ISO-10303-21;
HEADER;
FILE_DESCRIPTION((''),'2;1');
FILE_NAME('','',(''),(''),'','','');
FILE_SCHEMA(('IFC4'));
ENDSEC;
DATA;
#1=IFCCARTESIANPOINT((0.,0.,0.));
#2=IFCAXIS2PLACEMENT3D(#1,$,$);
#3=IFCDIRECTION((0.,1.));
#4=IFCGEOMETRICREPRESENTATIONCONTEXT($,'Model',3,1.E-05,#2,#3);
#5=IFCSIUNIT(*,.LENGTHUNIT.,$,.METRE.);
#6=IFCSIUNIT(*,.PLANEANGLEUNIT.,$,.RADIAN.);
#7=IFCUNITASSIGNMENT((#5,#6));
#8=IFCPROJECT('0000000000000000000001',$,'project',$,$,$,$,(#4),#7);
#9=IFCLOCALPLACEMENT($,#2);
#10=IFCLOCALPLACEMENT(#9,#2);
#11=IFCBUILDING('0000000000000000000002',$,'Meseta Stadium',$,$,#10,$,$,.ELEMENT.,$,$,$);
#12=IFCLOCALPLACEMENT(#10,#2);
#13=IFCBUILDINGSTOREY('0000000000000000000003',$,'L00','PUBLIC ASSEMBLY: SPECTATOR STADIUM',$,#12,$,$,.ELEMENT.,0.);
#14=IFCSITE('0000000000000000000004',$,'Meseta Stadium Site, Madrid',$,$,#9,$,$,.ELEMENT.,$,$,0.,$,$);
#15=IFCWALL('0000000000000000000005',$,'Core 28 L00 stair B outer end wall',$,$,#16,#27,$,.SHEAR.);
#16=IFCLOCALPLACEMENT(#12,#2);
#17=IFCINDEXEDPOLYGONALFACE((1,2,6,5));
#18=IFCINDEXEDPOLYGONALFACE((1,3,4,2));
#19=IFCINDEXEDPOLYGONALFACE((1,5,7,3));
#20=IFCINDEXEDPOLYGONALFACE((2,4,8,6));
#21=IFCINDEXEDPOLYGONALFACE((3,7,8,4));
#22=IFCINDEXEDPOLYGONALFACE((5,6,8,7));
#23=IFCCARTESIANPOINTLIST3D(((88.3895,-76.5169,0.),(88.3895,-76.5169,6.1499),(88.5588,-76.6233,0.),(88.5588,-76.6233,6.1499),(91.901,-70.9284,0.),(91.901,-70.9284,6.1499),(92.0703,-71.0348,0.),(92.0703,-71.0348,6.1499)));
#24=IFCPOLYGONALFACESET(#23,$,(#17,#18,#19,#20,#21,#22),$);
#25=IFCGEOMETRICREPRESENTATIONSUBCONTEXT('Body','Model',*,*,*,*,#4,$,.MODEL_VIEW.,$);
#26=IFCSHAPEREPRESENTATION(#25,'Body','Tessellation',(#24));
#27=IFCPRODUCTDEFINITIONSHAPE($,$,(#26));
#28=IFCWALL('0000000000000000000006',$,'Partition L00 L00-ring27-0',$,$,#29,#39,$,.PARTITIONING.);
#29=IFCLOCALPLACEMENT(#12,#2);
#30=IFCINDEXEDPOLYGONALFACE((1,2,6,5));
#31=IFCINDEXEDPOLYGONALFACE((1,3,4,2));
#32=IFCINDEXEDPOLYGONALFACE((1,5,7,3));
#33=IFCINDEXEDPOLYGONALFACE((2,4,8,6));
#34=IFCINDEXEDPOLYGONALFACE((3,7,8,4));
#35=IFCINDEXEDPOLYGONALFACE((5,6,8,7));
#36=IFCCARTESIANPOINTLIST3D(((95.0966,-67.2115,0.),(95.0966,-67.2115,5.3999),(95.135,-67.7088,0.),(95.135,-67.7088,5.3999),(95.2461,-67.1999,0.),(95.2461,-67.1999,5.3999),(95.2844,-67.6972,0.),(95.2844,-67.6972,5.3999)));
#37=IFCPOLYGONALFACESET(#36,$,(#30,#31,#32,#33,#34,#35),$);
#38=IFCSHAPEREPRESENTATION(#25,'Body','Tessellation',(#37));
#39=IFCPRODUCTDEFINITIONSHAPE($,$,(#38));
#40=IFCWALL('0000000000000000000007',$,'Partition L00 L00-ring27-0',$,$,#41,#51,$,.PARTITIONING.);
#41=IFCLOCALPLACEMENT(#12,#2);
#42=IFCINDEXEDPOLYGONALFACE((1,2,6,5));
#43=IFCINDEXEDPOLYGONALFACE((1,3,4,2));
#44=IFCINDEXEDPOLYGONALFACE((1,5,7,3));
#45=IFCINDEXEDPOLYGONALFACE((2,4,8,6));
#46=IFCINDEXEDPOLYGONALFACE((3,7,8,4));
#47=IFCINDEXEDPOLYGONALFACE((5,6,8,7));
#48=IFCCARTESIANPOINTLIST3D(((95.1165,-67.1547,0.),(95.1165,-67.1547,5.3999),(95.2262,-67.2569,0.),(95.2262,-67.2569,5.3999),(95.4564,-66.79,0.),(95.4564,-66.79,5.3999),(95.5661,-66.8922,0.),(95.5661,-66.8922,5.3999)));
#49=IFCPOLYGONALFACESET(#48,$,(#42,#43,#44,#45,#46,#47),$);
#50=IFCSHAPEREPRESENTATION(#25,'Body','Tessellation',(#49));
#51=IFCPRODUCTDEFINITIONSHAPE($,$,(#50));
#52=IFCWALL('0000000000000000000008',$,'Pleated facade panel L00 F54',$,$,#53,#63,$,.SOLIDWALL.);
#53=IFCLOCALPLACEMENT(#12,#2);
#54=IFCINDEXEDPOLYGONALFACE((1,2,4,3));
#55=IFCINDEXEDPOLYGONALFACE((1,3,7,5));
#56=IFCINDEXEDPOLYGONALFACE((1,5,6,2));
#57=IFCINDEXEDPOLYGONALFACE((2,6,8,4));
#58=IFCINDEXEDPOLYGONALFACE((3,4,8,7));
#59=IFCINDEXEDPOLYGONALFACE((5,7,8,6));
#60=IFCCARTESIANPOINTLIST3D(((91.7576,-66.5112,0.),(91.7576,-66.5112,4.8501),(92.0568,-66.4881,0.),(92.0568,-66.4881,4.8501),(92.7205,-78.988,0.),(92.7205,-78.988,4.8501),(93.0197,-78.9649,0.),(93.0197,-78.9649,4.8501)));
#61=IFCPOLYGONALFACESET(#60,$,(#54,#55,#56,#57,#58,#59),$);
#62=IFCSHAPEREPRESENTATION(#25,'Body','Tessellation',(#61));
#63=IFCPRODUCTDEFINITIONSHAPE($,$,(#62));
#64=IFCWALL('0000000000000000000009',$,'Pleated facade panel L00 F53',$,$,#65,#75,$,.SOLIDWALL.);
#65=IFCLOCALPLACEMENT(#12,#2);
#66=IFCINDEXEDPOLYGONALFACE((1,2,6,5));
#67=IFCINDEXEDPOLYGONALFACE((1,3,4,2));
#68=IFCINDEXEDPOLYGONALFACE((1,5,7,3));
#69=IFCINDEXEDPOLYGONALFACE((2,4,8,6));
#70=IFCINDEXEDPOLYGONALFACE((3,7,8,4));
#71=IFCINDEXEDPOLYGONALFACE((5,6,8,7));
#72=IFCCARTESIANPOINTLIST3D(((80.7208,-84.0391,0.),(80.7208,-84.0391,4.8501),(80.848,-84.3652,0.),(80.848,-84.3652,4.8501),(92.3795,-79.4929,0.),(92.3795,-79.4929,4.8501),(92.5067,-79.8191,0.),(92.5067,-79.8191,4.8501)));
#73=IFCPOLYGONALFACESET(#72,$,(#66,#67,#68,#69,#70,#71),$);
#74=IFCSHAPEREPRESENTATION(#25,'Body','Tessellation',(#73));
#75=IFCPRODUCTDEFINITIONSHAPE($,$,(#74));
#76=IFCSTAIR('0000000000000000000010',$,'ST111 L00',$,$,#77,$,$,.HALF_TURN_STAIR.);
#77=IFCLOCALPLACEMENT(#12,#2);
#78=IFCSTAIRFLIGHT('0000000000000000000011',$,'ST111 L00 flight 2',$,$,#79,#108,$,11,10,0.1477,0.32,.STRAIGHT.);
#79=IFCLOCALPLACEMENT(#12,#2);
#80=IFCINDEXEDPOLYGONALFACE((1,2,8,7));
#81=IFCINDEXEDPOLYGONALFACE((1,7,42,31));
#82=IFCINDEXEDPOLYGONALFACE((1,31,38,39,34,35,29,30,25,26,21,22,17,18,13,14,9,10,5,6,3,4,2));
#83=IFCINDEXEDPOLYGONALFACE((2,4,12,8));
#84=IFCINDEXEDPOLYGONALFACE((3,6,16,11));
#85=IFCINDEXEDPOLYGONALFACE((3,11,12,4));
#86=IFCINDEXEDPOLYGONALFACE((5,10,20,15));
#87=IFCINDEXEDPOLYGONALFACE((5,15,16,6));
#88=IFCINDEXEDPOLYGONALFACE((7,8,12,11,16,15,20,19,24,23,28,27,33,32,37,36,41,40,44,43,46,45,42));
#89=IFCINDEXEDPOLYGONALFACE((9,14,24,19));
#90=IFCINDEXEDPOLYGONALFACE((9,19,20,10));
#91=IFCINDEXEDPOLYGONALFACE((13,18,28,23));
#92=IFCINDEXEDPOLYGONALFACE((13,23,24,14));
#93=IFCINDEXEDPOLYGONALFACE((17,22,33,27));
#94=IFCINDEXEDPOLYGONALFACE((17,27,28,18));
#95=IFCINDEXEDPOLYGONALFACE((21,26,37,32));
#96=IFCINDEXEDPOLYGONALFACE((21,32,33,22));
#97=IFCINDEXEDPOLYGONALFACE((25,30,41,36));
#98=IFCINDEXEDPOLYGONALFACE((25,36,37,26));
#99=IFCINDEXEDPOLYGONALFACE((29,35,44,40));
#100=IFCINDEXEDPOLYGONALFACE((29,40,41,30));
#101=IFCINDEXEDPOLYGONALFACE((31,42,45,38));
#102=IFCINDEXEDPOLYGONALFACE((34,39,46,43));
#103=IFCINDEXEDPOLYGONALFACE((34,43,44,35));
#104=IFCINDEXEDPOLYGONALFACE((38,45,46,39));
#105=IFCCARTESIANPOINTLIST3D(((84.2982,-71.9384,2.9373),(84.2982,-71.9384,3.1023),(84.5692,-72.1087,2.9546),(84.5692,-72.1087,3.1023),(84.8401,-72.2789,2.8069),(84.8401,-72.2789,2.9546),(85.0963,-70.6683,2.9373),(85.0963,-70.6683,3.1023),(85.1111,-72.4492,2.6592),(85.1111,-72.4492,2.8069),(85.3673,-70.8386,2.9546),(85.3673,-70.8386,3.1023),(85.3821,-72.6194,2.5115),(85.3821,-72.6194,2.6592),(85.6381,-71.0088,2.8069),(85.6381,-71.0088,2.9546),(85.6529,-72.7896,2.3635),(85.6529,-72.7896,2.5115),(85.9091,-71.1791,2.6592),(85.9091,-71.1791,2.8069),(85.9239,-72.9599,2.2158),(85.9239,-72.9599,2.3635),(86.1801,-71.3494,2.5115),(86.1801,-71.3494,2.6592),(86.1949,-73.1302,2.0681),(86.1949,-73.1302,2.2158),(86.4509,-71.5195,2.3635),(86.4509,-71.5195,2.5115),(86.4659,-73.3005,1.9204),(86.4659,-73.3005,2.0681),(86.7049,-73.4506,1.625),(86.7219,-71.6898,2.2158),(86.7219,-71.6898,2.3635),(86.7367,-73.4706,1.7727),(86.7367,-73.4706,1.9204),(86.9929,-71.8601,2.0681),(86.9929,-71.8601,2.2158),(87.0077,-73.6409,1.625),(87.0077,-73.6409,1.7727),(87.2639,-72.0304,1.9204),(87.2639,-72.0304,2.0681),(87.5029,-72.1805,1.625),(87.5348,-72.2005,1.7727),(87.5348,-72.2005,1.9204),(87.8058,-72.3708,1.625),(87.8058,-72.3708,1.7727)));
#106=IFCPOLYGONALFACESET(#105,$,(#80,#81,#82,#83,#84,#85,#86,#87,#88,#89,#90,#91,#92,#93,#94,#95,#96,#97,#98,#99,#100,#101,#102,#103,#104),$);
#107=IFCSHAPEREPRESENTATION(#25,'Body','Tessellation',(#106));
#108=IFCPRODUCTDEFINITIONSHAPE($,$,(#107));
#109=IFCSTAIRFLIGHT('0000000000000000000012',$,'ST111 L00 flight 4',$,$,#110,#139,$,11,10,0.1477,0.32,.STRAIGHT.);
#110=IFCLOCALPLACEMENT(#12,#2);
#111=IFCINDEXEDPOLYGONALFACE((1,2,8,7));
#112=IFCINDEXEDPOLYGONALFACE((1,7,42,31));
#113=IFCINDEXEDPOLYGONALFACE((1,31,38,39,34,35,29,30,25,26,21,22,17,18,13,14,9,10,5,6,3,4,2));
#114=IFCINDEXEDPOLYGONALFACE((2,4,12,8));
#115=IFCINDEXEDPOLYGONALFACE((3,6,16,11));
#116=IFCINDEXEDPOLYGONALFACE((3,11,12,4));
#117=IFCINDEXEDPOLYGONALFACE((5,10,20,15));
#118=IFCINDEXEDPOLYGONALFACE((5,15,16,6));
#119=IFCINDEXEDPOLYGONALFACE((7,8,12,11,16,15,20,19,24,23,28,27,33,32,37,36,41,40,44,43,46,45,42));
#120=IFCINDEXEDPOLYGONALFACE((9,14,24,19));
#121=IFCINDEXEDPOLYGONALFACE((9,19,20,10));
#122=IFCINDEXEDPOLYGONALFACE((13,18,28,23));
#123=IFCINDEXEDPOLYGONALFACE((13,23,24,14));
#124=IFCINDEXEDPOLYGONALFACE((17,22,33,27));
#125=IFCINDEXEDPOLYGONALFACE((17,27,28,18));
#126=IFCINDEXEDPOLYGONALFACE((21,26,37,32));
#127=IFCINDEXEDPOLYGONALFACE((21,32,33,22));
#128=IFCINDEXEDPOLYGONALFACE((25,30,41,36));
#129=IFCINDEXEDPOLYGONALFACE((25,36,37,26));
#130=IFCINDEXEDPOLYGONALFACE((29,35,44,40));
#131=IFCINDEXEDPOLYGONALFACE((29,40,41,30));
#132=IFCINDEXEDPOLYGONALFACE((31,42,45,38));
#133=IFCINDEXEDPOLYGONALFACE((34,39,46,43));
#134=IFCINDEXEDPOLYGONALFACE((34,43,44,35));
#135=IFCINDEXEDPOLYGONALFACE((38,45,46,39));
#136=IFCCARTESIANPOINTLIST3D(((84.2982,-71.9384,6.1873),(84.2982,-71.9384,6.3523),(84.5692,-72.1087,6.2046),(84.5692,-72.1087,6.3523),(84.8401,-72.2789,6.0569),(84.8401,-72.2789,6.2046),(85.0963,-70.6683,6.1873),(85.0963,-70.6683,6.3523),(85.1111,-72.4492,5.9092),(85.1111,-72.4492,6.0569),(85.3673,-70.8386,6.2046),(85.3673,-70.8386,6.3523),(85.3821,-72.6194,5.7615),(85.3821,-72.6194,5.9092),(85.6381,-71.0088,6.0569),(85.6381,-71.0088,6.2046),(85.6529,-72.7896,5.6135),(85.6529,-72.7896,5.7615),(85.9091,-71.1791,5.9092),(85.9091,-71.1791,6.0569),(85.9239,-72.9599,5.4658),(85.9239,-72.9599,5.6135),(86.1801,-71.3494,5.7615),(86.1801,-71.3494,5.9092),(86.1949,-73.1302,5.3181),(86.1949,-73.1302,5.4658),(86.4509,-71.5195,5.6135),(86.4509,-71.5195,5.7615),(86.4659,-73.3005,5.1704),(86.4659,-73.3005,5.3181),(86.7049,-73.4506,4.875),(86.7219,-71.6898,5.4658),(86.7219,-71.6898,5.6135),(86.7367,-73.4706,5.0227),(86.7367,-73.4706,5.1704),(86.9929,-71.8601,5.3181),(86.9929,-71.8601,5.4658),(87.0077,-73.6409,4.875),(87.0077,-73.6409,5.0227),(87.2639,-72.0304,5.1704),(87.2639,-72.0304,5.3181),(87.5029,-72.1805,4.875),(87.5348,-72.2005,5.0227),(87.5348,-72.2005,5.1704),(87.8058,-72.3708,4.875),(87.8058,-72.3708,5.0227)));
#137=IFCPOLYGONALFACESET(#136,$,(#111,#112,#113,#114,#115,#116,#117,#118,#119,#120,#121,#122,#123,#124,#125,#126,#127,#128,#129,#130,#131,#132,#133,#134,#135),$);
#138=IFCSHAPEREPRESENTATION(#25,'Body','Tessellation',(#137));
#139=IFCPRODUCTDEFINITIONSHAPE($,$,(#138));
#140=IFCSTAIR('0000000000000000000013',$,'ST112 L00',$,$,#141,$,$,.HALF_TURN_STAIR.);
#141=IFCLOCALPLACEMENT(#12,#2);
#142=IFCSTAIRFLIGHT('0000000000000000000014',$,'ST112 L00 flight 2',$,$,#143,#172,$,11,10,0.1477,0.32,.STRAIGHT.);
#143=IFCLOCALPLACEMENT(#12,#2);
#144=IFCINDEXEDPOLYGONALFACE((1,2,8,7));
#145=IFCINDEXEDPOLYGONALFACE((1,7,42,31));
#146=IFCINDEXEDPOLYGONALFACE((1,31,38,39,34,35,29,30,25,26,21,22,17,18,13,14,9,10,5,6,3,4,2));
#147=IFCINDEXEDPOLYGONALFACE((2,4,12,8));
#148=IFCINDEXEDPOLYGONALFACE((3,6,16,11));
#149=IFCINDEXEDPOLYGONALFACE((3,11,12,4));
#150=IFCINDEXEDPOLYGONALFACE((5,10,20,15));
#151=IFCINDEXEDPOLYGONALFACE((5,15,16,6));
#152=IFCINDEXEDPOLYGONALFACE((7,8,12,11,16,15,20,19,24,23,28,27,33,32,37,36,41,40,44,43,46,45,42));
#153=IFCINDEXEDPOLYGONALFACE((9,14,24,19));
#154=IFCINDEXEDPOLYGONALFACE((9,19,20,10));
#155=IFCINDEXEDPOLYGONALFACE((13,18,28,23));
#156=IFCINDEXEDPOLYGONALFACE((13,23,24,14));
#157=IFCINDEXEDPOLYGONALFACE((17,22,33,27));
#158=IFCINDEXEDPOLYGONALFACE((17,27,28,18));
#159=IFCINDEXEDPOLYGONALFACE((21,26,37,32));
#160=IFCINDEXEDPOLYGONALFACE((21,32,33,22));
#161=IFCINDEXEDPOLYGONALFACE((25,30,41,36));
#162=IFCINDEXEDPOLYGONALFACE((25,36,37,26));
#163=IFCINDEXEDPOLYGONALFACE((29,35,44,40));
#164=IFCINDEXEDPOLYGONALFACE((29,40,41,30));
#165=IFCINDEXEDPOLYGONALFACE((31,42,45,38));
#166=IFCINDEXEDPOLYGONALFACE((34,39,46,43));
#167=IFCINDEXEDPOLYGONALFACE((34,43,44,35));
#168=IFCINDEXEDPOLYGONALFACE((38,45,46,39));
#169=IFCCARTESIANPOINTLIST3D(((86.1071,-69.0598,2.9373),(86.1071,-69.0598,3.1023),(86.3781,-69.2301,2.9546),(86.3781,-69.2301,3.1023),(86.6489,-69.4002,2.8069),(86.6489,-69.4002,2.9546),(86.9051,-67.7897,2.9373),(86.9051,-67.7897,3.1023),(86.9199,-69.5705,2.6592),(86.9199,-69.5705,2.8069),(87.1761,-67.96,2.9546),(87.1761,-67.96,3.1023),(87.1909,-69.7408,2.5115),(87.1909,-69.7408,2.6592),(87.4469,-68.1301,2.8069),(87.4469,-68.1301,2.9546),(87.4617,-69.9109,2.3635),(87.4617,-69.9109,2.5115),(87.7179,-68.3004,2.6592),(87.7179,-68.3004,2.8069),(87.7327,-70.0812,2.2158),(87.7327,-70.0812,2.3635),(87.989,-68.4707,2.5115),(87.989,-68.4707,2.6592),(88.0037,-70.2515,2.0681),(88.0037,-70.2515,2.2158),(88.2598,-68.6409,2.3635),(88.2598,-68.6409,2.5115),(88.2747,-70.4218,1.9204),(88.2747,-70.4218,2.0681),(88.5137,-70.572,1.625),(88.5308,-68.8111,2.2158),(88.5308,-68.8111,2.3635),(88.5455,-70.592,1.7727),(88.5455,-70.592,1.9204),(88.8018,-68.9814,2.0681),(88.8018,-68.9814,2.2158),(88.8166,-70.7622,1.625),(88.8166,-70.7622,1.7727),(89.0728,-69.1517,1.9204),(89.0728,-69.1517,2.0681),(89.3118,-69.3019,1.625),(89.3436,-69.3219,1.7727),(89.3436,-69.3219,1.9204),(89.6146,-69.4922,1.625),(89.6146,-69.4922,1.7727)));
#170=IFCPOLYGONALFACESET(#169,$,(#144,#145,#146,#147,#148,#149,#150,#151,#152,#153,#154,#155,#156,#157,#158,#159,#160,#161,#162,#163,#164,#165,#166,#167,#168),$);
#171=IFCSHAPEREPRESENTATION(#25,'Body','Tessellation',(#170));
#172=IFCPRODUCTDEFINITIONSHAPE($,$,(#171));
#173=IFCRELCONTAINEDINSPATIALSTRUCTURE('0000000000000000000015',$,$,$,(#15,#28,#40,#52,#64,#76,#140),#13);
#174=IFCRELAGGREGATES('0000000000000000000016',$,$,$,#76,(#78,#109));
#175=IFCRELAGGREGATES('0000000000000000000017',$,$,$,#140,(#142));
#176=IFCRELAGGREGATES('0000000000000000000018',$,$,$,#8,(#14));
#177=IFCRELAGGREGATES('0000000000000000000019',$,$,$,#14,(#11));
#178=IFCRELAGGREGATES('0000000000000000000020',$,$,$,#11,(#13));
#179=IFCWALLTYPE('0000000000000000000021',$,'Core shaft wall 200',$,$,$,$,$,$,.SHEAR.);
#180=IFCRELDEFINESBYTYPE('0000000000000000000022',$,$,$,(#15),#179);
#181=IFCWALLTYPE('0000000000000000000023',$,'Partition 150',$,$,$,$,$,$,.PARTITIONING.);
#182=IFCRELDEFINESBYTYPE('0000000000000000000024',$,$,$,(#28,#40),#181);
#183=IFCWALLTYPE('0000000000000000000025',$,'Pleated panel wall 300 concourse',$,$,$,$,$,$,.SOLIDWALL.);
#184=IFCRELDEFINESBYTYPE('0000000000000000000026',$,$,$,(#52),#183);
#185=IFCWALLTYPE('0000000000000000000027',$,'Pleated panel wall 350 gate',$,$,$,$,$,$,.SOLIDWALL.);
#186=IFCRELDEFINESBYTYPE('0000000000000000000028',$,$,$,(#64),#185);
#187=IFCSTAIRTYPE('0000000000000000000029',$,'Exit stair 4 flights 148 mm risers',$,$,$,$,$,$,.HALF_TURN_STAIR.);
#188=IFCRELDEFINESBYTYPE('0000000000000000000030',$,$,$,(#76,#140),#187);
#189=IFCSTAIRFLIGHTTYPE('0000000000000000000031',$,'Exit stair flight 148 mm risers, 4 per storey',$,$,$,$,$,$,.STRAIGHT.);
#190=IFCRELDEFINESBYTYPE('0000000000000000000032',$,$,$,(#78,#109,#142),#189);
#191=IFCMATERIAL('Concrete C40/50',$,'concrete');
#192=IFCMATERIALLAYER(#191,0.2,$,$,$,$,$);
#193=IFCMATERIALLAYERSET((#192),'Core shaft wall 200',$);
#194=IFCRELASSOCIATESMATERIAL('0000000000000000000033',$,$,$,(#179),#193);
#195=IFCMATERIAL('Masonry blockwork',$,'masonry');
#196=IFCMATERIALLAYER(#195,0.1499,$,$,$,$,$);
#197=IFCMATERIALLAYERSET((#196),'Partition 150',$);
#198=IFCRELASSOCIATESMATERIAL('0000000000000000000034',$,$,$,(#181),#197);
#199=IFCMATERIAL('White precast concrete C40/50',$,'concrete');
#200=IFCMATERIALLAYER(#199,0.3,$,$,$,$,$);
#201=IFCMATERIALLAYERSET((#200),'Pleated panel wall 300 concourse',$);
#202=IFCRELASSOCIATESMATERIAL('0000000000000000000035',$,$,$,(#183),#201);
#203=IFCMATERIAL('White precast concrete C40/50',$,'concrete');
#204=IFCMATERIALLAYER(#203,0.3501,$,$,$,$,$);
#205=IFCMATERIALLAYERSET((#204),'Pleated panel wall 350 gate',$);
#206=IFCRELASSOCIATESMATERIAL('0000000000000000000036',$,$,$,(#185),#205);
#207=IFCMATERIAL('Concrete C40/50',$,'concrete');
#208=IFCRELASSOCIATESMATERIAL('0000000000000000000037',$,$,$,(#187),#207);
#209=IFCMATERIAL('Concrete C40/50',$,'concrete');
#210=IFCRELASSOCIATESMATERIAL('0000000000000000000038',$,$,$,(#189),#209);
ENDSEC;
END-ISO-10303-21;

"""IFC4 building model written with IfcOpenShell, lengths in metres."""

from ifc_helpers import new_model, si_unit, direction, frame, frame_2d, origin, place, context, subcontext, project, spatial, polyline, rectangle, outline, extrude, material, layer, layer_set, type_object, element, aggregate, save


model = new_model("IFC4")

# Units and contexts
model_context = context("Model", 3, precision=1e-05, world=origin(), true_north=direction((0.0, 1.0)))
body_context = subcontext(model_context, "Body", "Model", "MODEL_VIEW")
ifc_project = project(units=[si_unit("LENGTHUNIT", "METRE"), si_unit("PLANEANGLEUNIT", "RADIAN")], contexts=[model_context])

# Site, building, storey
site_placement = place(None, origin())
site = spatial("IfcSite", under=ifc_project, at=site_placement, Name="Meseta Stadium Site, Madrid", CompositionType="ELEMENT", RefElevation=0.0)
building_placement = place(site_placement, origin())
building = spatial("IfcBuilding", under=site, at=building_placement, Name="Meseta Stadium", CompositionType="ELEMENT")
storey_placement = place(building_placement, origin())
storey = spatial("IfcBuildingStorey", under=building, at=storey_placement, Name="L00", Description="PUBLIC ASSEMBLY: SPECTATOR STADIUM", CompositionType="ELEMENT", Elevation=0.0)

# Walls
ifc_material_1 = material(Name="Concrete C40/50", Category="concrete")
ifc_layer_1 = layer(ifc_material_1, 0.2)
ifc_layer_set_1 = layer_set([ifc_layer_1], Name="Core shaft wall 200")
wall_type_1 = type_object("IfcWallType", Name="Core shaft wall 200", PredefinedType="SHEAR", material=ifc_layer_set_1)
wall_1_placement = place(storey_placement, frame((88.4741, -76.5701, 0.0), z_axis=(0.0, 0.0, 1.0), x_axis=(0.532039, 0.84672, 0.0)))
element("IfcWall", 1, at=wall_1_placement, inside=storey, type_object=wall_type_1, Name="Core 28 L00 stair B outer end wall", PredefinedType="SHEAR", context=body_context, shape_type="SweptSolid", body=[
    extrude(rectangle(XDim=6.6001, YDim=0.2, at=frame_2d((3.3, 0.0))), origin(), (0.0, 0.0, 1.0), 6.1499),
])
ifc_material_2 = material(Name="Masonry blockwork", Category="masonry")
ifc_layer_2 = layer(ifc_material_2, 0.1499)
ifc_layer_set_2 = layer_set([ifc_layer_2], Name="Partition 150")
wall_type_2 = type_object("IfcWallType", Name="Partition 150", PredefinedType="PARTITIONING", material=ifc_layer_set_2)
wall_2_placement = place(storey_placement, frame((95.2097, -67.7031, 0.0), z_axis=(0.0, 0.0, 1.0), x_axis=(-0.076846, 0.997043, 0.0)))
element("IfcWall", 2, at=wall_2_placement, inside=storey, type_object=wall_type_2, Name="Partition L00 L00-ring27-0", PredefinedType="PARTITIONING", context=body_context, shape_type="SweptSolid", body=[
    extrude(rectangle(XDim=0.4988, YDim=0.1499, at=frame_2d((0.2495, 0.0))), origin(), (0.0, 0.0, 1.0), 5.3999),
])
wall_3_placement = place(storey_placement, frame((95.1714, -67.2058, 0.0), z_axis=(0.0, 0.0, 1.0), x_axis=(0.68169, 0.731641, 0.0)))
element("IfcWall", 3, at=wall_3_placement, inside=storey, type_object=wall_type_2, Name="Partition L00 L00-ring27-0", PredefinedType="PARTITIONING", context=body_context, shape_type="SweptSolid", body=[
    extrude(rectangle(XDim=0.4985, YDim=0.1499, at=frame_2d((0.2493, 0.0))), origin(), (0.0, 0.0, 1.0), 5.3999),
])
ifc_material_3 = material(Name="White precast concrete C40/50", Category="concrete")
ifc_layer_3 = layer(ifc_material_3, 0.3)
ifc_layer_set_3 = layer_set([ifc_layer_3], Name="Pleated panel wall 300 concourse")
wall_type_3 = type_object("IfcWallType", Name="Pleated panel wall 300 concourse", PredefinedType="SOLIDWALL", material=ifc_layer_set_3)
wall_4_placement = place(storey_placement, frame((91.9072, -66.4998, 0.0), z_axis=(0.0, 0.0, 1.0), x_axis=(0.076946, -0.997035, 0.0)))
element("IfcWall", 4, at=wall_4_placement, inside=storey, type_object=wall_type_3, Name="Pleated facade panel L00 F54", PredefinedType="SOLIDWALL", context=body_context, shape_type="SweptSolid", body=[
    extrude(rectangle(XDim=12.5139, YDim=0.3, at=frame_2d((6.2568, 0.0))), origin(), (0.0, 0.0, 1.0), 4.8501),
])
ifc_material_4 = material(Name="White precast concrete C40/50", Category="concrete")
ifc_layer_4 = layer(ifc_material_4, 0.3501)
ifc_layer_set_4 = layer_set([ifc_layer_4], Name="Pleated panel wall 350 gate")
wall_type_4 = type_object("IfcWallType", Name="Pleated panel wall 350 gate", PredefinedType="SOLIDWALL", material=ifc_layer_set_4)
wall_5_placement = place(storey_placement, frame((92.4431, -79.656, 0.0), z_axis=(0.0, 0.0, 1.0), x_axis=(-0.931675, -0.363293, 0.0)))
element("IfcWall", 5, at=wall_5_placement, inside=storey, type_object=wall_type_4, Name="Pleated facade panel L00 F53", PredefinedType="SOLIDWALL", context=body_context, shape_type="SweptSolid", body=[
    extrude(rectangle(XDim=12.5137, YDim=0.3501, at=frame_2d((6.2568, 0.0))), origin(), (0.0, 0.0, 1.0), 4.8501),
])

# Stairs, stair flights
ifc_material_5 = material(Name="Concrete C40/50", Category="concrete")
stair_type = type_object("IfcStairType", Name="Exit stair 4 flights 148 mm risers", PredefinedType="HALF_TURN_STAIR", material=ifc_material_5)
stair_1_placement = place(storey_placement, origin())
stair_1 = element("IfcStair", 6, at=stair_1_placement, inside=storey, type_object=stair_type, Name="ST111 L00", PredefinedType="HALF_TURN_STAIR")
ifc_material_6 = material(Name="Concrete C40/50", Category="concrete")
stair_flight_type = type_object("IfcStairFlightType", Name="Exit stair flight 148 mm risers, 4 per storey", PredefinedType="STRAIGHT", material=ifc_material_6)
stair_flight_1_placement = place(storey_placement, frame((87.4067, -73.0059, 1.625), z_axis=(0.0, 0.0, 1.0), x_axis=(-0.846724, 0.532032, 0.0)))
stair_flight_1 = element("IfcStairFlight", 7, at=stair_flight_1_placement, type_object=stair_flight_type, Name="ST111 L00 flight 2", NumberOfRisers=11, NumberOfTreads=10, PredefinedType="STRAIGHT", RiserHeight=0.1477, TreadLength=0.32, context=body_context, shape_type="SweptSolid", body=[
    extrude(outline(polyline([(0.0, 0.0), (0.0, 0.1477), (0.3201, 0.1477), (0.3201, 0.2954), (0.6399, 0.2954), (0.6399, 0.4431), (0.96, 0.4431), (0.96, 0.5908), (1.28, 0.5908), (1.28, 0.7385), (1.6001, 0.7385), (1.6001, 0.8865), (1.9199, 0.8865), (1.9199, 1.0342), (2.24, 1.0342), (2.24, 1.1819), (2.5601, 1.1819), (2.5601, 1.3296), (2.8799, 1.3296), (2.8799, 1.4773), (3.2, 1.4773), (3.2, 1.3123), (0.3577, 0.0), (0.0, 0.0)])), frame((0.0, 0.75, 0.0), z_axis=(0.0, -1.0, 0.0), x_axis=(1.0, 0.0, 0.0)), (0.0, 0.0, 1.0), 1.5),
])
stair_flight_2_placement = place(storey_placement, frame((87.4067, -73.0059, 4.875), z_axis=(0.0, 0.0, 1.0), x_axis=(-0.846724, 0.532032, 0.0)))
stair_flight_2 = element("IfcStairFlight", 8, at=stair_flight_2_placement, type_object=stair_flight_type, Name="ST111 L00 flight 4", NumberOfRisers=11, NumberOfTreads=10, PredefinedType="STRAIGHT", RiserHeight=0.1477, TreadLength=0.32, context=body_context, shape_type="SweptSolid", body=[
    extrude(outline(polyline([(0.0, 0.0), (0.0, 0.1477), (0.3201, 0.1477), (0.3201, 0.2954), (0.6399, 0.2954), (0.6399, 0.4431), (0.96, 0.4431), (0.96, 0.5908), (1.28, 0.5908), (1.28, 0.7385), (1.6001, 0.7385), (1.6001, 0.8865), (1.9199, 0.8865), (1.9199, 1.0342), (2.24, 1.0342), (2.24, 1.1819), (2.5601, 1.1819), (2.5601, 1.3296), (2.8799, 1.3296), (2.8799, 1.4773), (3.2, 1.4773), (3.2, 1.3123), (0.3577, 0.0), (0.0, 0.0)])), frame((0.0, 0.75, 0.0), z_axis=(0.0, -1.0, 0.0), x_axis=(1.0, 0.0, 0.0)), (0.0, 0.0, 1.0), 1.5),
])
aggregate(stair_1, [stair_flight_1, stair_flight_2])
stair_2_placement = place(storey_placement, origin())
stair_2 = element("IfcStair", 9, at=stair_2_placement, inside=storey, type_object=stair_type, Name="ST112 L00", PredefinedType="HALF_TURN_STAIR")
stair_flight_3_placement = place(storey_placement, frame((89.2156, -70.1272, 1.625), z_axis=(0.0, 0.0, 1.0), x_axis=(-0.846724, 0.532032, 0.0)))
stair_flight_3 = element("IfcStairFlight", 10, at=stair_flight_3_placement, type_object=stair_flight_type, Name="ST112 L00 flight 2", NumberOfRisers=11, NumberOfTreads=10, PredefinedType="STRAIGHT", RiserHeight=0.1477, TreadLength=0.32, context=body_context, shape_type="SweptSolid", body=[
    extrude(outline(polyline([(0.0, 0.0), (0.0, 0.1477), (0.3201, 0.1477), (0.3201, 0.2954), (0.6399, 0.2954), (0.6399, 0.4431), (0.96, 0.4431), (0.96, 0.5908), (1.28, 0.5908), (1.28, 0.7385), (1.6001, 0.7385), (1.6001, 0.8865), (1.9199, 0.8865), (1.9199, 1.0342), (2.24, 1.0342), (2.24, 1.1819), (2.5601, 1.1819), (2.5601, 1.3296), (2.8799, 1.3296), (2.8799, 1.4773), (3.2, 1.4773), (3.2, 1.3123), (0.3577, 0.0), (0.0, 0.0)])), frame((0.0, 0.75, 0.0), z_axis=(0.0, -1.0, 0.0), x_axis=(1.0, 0.0, 0.0)), (0.0, 0.0, 1.0), 1.5),
])
aggregate(stair_2, [stair_flight_3])

save(model, "model.ifc")
